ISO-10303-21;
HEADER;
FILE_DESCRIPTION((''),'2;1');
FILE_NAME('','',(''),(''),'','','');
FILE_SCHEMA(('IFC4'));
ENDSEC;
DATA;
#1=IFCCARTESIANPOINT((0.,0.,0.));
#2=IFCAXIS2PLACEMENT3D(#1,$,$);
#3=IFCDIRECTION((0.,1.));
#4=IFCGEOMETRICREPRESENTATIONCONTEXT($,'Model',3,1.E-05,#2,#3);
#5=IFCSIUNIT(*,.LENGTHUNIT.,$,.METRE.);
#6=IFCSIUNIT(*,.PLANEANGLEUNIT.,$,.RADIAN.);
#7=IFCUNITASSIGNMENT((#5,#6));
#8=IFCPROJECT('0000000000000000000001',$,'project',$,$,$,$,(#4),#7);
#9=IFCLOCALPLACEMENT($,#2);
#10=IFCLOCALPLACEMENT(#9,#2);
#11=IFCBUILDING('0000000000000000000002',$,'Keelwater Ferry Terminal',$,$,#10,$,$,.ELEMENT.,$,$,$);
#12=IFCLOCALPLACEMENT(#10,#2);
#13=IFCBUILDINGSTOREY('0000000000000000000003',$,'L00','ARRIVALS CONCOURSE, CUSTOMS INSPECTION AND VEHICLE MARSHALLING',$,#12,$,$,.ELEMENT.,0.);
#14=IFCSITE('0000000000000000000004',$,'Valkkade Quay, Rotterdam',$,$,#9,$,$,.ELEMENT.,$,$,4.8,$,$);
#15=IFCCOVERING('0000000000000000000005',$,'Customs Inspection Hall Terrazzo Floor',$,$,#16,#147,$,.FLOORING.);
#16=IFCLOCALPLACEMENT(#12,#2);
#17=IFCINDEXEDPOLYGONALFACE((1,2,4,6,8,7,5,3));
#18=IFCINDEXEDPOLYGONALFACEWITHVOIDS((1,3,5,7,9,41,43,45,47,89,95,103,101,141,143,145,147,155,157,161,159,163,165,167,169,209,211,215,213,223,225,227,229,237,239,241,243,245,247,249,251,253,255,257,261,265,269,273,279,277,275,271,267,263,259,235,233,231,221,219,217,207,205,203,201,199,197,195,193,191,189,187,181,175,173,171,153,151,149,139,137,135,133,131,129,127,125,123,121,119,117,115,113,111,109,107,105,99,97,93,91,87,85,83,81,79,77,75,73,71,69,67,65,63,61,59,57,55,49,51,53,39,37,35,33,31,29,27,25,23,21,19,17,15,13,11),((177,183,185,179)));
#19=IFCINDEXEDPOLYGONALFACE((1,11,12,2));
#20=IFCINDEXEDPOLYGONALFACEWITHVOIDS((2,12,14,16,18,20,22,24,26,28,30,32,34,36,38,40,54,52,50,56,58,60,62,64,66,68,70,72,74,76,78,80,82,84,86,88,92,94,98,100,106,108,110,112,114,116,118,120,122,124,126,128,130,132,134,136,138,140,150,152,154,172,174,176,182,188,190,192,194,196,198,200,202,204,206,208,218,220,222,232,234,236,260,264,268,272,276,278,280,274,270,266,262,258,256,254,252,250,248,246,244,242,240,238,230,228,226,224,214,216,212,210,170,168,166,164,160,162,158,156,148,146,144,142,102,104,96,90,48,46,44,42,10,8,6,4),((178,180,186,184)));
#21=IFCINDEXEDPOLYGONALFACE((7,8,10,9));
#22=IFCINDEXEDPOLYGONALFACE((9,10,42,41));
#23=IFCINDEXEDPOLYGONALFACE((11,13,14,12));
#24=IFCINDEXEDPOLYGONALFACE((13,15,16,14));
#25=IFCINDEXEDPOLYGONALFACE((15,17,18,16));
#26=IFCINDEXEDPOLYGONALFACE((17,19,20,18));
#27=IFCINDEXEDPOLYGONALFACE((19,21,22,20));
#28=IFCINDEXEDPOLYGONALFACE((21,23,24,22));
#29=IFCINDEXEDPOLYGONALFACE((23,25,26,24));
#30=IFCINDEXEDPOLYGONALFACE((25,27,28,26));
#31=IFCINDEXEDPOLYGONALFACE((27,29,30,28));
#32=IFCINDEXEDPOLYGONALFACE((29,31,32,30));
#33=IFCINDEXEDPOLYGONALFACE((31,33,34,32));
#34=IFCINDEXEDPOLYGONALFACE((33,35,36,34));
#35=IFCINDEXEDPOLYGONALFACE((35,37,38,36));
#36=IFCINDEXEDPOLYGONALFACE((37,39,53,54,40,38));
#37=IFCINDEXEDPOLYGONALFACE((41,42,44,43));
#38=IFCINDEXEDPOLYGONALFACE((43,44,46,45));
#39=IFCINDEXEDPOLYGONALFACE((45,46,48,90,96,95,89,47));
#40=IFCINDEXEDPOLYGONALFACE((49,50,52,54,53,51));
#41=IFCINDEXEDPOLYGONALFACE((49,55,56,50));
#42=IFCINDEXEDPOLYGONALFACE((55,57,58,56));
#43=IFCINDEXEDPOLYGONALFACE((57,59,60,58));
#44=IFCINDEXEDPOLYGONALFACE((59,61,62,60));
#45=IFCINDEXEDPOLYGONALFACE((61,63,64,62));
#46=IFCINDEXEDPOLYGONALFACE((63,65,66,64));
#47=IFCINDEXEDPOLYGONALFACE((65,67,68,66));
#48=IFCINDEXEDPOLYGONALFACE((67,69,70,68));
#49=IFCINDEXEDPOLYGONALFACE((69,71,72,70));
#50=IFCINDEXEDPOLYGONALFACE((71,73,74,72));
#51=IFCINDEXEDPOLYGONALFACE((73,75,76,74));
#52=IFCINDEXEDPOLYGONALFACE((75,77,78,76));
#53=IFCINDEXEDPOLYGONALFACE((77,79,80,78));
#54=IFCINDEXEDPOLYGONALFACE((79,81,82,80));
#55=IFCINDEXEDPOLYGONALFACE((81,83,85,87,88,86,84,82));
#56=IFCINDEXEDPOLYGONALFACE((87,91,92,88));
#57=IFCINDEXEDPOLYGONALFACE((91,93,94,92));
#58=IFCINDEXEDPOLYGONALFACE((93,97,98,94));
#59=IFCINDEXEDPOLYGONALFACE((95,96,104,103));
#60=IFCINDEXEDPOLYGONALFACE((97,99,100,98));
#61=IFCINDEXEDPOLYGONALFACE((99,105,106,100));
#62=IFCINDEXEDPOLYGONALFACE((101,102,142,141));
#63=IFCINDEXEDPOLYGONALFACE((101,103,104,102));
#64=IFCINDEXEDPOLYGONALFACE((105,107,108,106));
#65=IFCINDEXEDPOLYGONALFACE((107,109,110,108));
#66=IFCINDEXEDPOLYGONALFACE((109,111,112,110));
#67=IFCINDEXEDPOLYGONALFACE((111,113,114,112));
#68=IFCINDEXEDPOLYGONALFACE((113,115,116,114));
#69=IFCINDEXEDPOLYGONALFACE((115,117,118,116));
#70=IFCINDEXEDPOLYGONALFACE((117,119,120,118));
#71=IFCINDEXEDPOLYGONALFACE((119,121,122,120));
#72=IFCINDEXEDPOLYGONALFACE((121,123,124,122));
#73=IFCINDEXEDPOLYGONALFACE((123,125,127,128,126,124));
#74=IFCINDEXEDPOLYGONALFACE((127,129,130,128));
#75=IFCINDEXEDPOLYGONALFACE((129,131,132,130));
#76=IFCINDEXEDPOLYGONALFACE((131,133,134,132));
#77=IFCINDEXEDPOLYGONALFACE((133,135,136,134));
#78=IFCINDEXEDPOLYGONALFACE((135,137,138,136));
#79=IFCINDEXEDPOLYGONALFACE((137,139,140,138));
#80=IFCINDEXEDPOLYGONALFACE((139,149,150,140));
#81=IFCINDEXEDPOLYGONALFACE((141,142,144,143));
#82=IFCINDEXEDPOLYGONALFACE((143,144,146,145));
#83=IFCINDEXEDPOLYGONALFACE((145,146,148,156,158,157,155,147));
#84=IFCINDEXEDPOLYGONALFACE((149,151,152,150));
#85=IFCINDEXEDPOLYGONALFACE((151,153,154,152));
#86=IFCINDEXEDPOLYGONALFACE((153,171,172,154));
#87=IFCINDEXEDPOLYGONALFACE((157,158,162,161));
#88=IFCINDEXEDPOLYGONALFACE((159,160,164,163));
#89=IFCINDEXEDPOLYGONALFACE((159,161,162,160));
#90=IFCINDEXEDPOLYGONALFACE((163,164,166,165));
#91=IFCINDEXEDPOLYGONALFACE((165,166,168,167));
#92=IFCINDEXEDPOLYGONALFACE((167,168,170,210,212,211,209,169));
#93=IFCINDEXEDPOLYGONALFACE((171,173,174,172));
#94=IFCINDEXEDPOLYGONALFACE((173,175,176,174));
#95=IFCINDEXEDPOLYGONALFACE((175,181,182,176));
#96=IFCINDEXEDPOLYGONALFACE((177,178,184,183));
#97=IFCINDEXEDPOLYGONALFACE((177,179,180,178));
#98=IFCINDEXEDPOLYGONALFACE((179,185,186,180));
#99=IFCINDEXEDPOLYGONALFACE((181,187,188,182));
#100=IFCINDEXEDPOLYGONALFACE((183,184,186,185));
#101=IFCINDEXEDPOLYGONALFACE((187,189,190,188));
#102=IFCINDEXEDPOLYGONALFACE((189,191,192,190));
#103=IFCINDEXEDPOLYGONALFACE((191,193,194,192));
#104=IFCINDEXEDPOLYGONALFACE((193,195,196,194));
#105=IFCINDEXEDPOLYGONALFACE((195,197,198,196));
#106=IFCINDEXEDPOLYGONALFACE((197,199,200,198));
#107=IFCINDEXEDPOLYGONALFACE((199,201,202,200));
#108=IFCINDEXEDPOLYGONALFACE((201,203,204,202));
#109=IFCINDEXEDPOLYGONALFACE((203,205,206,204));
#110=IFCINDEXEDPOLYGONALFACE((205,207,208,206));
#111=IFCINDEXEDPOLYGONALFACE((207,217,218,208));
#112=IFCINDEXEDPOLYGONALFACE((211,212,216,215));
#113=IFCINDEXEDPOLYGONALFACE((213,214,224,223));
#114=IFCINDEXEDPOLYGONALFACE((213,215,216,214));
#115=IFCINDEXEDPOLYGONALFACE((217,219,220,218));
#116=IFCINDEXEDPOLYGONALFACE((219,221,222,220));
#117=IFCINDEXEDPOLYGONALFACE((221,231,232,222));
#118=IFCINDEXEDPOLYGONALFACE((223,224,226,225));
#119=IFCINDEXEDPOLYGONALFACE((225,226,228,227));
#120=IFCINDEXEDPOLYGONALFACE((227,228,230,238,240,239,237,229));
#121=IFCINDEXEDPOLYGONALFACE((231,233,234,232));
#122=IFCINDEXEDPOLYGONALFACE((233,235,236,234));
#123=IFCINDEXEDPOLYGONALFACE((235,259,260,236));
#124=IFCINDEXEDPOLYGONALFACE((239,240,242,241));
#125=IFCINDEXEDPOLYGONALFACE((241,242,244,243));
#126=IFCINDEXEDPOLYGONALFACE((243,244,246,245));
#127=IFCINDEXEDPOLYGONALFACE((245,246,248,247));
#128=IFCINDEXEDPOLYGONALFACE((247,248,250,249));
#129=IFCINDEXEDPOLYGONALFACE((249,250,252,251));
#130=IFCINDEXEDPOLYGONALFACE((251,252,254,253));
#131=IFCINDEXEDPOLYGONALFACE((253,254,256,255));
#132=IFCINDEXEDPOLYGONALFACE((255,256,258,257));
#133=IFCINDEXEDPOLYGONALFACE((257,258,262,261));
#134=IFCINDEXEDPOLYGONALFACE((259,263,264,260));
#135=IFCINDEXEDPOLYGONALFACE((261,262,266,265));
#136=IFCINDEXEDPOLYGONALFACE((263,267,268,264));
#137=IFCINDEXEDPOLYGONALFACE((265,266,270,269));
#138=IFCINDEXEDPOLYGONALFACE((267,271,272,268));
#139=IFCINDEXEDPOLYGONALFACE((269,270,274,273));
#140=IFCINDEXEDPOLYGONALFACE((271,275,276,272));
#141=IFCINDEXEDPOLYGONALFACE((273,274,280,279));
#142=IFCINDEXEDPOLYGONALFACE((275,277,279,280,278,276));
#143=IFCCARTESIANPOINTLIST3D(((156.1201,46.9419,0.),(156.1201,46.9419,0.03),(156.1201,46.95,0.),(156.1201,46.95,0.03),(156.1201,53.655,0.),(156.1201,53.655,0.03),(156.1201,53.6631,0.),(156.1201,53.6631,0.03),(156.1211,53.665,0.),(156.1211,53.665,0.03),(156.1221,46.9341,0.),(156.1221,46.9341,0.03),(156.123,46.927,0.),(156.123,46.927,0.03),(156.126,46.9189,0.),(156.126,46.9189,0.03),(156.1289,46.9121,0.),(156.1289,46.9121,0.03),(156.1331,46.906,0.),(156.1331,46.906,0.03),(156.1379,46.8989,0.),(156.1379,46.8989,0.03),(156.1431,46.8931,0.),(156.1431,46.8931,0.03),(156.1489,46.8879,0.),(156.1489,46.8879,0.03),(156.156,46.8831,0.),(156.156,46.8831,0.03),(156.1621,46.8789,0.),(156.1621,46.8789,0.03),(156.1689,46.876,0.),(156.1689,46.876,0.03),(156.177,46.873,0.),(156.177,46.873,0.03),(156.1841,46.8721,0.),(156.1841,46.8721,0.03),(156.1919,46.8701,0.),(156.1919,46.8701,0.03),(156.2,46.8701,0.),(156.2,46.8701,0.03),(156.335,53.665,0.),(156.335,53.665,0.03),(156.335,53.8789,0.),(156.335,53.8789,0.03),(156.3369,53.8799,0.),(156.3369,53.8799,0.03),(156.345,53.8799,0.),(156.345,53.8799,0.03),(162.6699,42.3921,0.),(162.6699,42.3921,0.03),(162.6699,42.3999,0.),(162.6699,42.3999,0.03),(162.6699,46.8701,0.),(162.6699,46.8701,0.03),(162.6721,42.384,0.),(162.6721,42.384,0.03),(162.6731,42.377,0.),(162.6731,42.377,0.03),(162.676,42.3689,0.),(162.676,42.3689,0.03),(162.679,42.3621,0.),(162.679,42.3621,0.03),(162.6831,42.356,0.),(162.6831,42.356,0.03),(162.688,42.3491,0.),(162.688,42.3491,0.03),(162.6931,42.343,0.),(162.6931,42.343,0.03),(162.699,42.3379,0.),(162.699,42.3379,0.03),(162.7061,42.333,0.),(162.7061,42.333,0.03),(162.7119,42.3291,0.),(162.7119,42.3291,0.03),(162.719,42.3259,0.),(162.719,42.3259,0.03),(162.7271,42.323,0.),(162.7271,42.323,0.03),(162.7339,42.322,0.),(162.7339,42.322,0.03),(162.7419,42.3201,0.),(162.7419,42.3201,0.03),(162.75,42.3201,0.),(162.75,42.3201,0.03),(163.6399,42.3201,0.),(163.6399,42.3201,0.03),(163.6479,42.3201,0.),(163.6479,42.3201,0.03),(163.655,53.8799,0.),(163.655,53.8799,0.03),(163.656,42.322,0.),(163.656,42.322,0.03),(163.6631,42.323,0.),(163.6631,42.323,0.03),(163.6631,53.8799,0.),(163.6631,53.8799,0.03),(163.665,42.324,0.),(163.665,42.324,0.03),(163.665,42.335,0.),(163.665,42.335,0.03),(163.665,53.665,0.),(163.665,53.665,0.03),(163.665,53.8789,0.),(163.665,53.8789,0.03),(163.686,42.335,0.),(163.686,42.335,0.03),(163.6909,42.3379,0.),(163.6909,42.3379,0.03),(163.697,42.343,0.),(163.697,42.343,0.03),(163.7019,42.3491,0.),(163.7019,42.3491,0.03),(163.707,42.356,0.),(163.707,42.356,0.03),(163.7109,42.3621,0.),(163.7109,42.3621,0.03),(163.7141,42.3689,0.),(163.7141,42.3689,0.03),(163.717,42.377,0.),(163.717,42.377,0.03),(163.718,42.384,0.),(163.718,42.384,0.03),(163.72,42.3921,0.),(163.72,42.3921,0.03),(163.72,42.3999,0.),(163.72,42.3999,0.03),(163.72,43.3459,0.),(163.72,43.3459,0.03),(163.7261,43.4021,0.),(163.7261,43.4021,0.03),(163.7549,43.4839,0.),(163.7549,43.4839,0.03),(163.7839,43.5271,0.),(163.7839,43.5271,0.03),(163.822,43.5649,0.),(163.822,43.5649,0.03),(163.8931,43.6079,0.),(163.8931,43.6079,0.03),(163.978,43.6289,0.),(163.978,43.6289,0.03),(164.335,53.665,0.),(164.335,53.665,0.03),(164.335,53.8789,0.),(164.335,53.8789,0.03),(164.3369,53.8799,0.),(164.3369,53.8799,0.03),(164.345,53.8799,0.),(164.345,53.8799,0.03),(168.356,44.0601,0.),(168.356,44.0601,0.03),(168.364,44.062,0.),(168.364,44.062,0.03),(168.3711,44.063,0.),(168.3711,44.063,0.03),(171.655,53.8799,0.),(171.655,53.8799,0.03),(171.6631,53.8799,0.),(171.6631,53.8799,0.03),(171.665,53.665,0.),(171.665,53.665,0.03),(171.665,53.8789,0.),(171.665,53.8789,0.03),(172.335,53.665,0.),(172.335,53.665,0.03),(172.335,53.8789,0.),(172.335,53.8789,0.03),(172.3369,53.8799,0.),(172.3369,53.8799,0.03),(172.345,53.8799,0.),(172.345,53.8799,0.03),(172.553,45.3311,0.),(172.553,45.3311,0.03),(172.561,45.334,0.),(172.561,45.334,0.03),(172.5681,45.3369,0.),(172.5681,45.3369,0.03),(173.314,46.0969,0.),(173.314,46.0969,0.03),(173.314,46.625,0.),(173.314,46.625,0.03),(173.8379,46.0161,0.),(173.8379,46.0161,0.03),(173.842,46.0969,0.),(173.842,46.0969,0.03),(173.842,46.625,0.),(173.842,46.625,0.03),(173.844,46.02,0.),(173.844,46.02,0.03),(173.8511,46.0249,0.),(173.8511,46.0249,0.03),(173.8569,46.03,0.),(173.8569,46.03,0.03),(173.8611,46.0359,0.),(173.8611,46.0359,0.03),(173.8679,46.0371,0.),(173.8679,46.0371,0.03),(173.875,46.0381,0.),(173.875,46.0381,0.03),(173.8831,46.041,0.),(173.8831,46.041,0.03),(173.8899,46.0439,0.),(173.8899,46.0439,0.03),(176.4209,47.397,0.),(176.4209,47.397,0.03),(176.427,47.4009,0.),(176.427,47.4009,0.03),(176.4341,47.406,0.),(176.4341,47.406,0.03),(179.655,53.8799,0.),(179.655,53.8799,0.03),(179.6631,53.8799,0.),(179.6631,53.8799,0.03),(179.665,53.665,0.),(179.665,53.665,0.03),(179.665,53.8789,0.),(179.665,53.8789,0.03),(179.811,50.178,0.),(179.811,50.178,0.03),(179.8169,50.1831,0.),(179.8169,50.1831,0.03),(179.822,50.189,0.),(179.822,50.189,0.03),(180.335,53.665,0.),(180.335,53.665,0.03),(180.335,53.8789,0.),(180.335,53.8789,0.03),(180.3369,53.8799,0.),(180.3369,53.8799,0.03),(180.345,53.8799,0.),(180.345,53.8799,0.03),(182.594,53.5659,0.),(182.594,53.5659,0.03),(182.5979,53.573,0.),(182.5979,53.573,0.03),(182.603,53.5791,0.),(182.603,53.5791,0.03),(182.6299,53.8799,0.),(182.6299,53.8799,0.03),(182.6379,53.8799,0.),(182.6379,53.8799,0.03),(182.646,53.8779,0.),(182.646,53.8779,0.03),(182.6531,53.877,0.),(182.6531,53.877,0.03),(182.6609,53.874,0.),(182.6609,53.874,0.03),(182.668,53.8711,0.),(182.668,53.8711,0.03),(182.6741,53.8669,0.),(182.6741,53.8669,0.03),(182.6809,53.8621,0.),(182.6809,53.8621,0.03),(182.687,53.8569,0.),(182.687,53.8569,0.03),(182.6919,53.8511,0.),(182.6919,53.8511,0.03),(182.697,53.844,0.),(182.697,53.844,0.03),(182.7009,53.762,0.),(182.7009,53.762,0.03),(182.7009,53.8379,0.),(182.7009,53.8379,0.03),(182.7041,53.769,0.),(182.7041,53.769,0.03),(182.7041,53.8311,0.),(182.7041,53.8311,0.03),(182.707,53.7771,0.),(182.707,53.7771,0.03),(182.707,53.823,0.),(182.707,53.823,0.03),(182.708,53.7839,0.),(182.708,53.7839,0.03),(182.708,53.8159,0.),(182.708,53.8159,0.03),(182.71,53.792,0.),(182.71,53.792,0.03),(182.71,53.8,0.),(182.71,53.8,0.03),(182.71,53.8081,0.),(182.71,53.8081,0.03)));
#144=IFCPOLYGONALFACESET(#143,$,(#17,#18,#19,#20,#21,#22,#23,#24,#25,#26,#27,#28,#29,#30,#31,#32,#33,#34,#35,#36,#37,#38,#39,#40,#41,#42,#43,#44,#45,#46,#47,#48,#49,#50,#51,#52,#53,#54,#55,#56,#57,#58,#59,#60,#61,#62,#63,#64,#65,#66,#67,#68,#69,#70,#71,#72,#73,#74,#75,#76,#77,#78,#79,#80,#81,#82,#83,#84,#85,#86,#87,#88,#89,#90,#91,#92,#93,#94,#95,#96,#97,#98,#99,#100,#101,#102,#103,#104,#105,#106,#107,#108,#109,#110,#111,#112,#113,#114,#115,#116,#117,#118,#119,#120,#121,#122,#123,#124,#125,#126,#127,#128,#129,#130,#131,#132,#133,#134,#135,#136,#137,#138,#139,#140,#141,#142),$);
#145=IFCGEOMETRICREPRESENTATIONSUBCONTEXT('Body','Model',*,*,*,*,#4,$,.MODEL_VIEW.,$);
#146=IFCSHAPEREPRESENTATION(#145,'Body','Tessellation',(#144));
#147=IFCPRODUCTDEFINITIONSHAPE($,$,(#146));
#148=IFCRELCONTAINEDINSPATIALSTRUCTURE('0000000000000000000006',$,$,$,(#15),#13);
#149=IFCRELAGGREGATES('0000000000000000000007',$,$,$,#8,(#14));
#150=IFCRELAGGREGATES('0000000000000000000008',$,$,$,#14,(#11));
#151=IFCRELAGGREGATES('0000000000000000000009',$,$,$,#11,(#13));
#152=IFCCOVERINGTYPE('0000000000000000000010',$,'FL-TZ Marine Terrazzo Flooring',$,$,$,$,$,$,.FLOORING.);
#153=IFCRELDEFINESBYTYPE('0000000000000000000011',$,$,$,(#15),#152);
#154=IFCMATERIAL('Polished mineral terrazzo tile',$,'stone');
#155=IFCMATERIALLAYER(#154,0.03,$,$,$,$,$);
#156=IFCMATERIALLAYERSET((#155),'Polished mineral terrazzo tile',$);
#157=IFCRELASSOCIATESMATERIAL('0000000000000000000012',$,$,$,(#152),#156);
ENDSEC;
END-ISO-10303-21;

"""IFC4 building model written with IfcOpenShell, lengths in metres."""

from ifc_helpers import new_model, si_unit, direction, origin, place, context, subcontext, project, spatial, polyline, outline, extrude, material, layer, layer_set, type_object, element, save


model = new_model("IFC4")

# Units and contexts
model_context = context("Model", 3, precision=1e-05, world=origin(), true_north=direction((0.0, 1.0)))
body_context = subcontext(model_context, "Body", "Model", "MODEL_VIEW")
ifc_project = project(units=[si_unit("LENGTHUNIT", "METRE"), si_unit("PLANEANGLEUNIT", "RADIAN")], contexts=[model_context])

# Site, building, storey
site_placement = place(None, origin())
site = spatial("IfcSite", under=ifc_project, at=site_placement, Name="Valkkade Quay, Rotterdam", CompositionType="ELEMENT", RefElevation=4.8)
building_placement = place(site_placement, origin())
building = spatial("IfcBuilding", under=site, at=building_placement, Name="Keelwater Ferry Terminal", CompositionType="ELEMENT")
storey_placement = place(building_placement, origin())
storey = spatial("IfcBuildingStorey", under=building, at=storey_placement, Name="L00", Description="ARRIVALS CONCOURSE, CUSTOMS INSPECTION AND VEHICLE MARSHALLING", CompositionType="ELEMENT", Elevation=0.0)

# Covering
ifc_material_1 = material(Name="Polished mineral terrazzo tile", Category="stone")
ifc_layer_1 = layer(ifc_material_1, 0.03)
ifc_layer_set_1 = layer_set([ifc_layer_1], Name="Polished mineral terrazzo tile")
covering_type_1 = type_object("IfcCoveringType", Name="FL-TZ Marine Terrazzo Flooring", PredefinedType="FLOORING", material=ifc_layer_set_1)
covering_1_placement = place(storey_placement, origin())
element("IfcCovering", 1, at=covering_1_placement, inside=storey, type_object=covering_type_1, Name="Customs Inspection Hall Terrazzo Floor", PredefinedType="FLOORING", context=body_context, shape_type="SweptSolid", body=[
    extrude(outline(polyline([(173.8511, 46.0249), (173.844, 46.02), (173.8379, 46.0161), (172.5681, 45.3369), (172.561, 45.334), (172.553, 45.3311), (168.3711, 44.063), (168.364, 44.062), (168.356, 44.0601), (163.978, 43.6289), (163.8931, 43.6079), (163.822, 43.5649), (163.7839, 43.5271), (163.7549, 43.4839), (163.7261, 43.4021), (163.72, 43.3459), (163.72, 42.3999), (163.72, 42.3921), (163.718, 42.384), (163.717, 42.377), (163.7141, 42.3689), (163.7109, 42.3621), (163.707, 42.356), (163.7019, 42.3491), (163.697, 42.343), (163.6909, 42.3379), (163.686, 42.335), (163.665, 42.335), (163.665, 42.324), (163.6631, 42.323), (163.656, 42.322), (163.6479, 42.3201), (163.6399, 42.3201), (162.75, 42.3201), (162.7419, 42.3201), (162.7339, 42.322), (162.7271, 42.323), (162.719, 42.3259), (162.7119, 42.3291), (162.7061, 42.333), (162.699, 42.3379), (162.6931, 42.343), (162.688, 42.3491), (162.6831, 42.356), (162.679, 42.3621), (162.676, 42.3689), (162.6731, 42.377), (162.6721, 42.384), (162.6699, 42.3921), (162.6699, 42.3999), (162.6699, 46.8701), (156.2, 46.8701), (156.1919, 46.8701), (156.1841, 46.8721), (156.177, 46.873), (156.1689, 46.876), (156.1621, 46.8789), (156.156, 46.8831), (156.1489, 46.8879), (156.1431, 46.8931), (156.1379, 46.8989), (156.1331, 46.906), (156.1289, 46.9121), (156.126, 46.9189), (156.123, 46.927), (156.1221, 46.9341), (156.1201, 46.9419), (156.1201, 46.95), (156.1201, 53.655), (156.1201, 53.6631), (156.1211, 53.665), (156.335, 53.665), (156.335, 53.8789), (156.3369, 53.8799), (156.345, 53.8799), (163.655, 53.8799), (163.6631, 53.8799), (163.665, 53.8789), (163.665, 53.665), (164.335, 53.665), (164.335, 53.8789), (164.3369, 53.8799), (164.345, 53.8799), (171.655, 53.8799), (171.6631, 53.8799), (171.665, 53.8789), (171.665, 53.665), (172.335, 53.665), (172.335, 53.8789), (172.3369, 53.8799), (172.345, 53.8799), (179.655, 53.8799), (179.6631, 53.8799), (179.665, 53.8789), (179.665, 53.665), (180.335, 53.665), (180.335, 53.8789), (180.3369, 53.8799), (180.345, 53.8799), (182.6299, 53.8799), (182.6379, 53.8799), (182.646, 53.8779), (182.6531, 53.877), (182.6609, 53.874), (182.668, 53.8711), (182.6741, 53.8669), (182.6809, 53.8621), (182.687, 53.8569), (182.6919, 53.8511), (182.697, 53.844), (182.7009, 53.8379), (182.7041, 53.8311), (182.707, 53.823), (182.708, 53.8159), (182.71, 53.8081), (182.71, 53.8), (182.71, 53.792), (182.708, 53.7839), (182.707, 53.7771), (182.7041, 53.769), (182.7009, 53.762), (182.603, 53.5791), (182.5979, 53.573), (182.594, 53.5659), (179.822, 50.189), (179.8169, 50.1831), (179.811, 50.178), (176.4341, 47.406), (176.427, 47.4009), (176.4209, 47.397), (173.8899, 46.0439), (173.8831, 46.041), (173.875, 46.0381), (173.8679, 46.0371), (173.8611, 46.0359), (173.8569, 46.03), (173.8511, 46.0249)]), holes=[polyline([(173.842, 46.625), (173.314, 46.625), (173.314, 46.0969), (173.842, 46.0969), (173.842, 46.625)])]), origin(), (0.0, 0.0, 1.0), 0.03),
])

save(model, "model.ifc")
